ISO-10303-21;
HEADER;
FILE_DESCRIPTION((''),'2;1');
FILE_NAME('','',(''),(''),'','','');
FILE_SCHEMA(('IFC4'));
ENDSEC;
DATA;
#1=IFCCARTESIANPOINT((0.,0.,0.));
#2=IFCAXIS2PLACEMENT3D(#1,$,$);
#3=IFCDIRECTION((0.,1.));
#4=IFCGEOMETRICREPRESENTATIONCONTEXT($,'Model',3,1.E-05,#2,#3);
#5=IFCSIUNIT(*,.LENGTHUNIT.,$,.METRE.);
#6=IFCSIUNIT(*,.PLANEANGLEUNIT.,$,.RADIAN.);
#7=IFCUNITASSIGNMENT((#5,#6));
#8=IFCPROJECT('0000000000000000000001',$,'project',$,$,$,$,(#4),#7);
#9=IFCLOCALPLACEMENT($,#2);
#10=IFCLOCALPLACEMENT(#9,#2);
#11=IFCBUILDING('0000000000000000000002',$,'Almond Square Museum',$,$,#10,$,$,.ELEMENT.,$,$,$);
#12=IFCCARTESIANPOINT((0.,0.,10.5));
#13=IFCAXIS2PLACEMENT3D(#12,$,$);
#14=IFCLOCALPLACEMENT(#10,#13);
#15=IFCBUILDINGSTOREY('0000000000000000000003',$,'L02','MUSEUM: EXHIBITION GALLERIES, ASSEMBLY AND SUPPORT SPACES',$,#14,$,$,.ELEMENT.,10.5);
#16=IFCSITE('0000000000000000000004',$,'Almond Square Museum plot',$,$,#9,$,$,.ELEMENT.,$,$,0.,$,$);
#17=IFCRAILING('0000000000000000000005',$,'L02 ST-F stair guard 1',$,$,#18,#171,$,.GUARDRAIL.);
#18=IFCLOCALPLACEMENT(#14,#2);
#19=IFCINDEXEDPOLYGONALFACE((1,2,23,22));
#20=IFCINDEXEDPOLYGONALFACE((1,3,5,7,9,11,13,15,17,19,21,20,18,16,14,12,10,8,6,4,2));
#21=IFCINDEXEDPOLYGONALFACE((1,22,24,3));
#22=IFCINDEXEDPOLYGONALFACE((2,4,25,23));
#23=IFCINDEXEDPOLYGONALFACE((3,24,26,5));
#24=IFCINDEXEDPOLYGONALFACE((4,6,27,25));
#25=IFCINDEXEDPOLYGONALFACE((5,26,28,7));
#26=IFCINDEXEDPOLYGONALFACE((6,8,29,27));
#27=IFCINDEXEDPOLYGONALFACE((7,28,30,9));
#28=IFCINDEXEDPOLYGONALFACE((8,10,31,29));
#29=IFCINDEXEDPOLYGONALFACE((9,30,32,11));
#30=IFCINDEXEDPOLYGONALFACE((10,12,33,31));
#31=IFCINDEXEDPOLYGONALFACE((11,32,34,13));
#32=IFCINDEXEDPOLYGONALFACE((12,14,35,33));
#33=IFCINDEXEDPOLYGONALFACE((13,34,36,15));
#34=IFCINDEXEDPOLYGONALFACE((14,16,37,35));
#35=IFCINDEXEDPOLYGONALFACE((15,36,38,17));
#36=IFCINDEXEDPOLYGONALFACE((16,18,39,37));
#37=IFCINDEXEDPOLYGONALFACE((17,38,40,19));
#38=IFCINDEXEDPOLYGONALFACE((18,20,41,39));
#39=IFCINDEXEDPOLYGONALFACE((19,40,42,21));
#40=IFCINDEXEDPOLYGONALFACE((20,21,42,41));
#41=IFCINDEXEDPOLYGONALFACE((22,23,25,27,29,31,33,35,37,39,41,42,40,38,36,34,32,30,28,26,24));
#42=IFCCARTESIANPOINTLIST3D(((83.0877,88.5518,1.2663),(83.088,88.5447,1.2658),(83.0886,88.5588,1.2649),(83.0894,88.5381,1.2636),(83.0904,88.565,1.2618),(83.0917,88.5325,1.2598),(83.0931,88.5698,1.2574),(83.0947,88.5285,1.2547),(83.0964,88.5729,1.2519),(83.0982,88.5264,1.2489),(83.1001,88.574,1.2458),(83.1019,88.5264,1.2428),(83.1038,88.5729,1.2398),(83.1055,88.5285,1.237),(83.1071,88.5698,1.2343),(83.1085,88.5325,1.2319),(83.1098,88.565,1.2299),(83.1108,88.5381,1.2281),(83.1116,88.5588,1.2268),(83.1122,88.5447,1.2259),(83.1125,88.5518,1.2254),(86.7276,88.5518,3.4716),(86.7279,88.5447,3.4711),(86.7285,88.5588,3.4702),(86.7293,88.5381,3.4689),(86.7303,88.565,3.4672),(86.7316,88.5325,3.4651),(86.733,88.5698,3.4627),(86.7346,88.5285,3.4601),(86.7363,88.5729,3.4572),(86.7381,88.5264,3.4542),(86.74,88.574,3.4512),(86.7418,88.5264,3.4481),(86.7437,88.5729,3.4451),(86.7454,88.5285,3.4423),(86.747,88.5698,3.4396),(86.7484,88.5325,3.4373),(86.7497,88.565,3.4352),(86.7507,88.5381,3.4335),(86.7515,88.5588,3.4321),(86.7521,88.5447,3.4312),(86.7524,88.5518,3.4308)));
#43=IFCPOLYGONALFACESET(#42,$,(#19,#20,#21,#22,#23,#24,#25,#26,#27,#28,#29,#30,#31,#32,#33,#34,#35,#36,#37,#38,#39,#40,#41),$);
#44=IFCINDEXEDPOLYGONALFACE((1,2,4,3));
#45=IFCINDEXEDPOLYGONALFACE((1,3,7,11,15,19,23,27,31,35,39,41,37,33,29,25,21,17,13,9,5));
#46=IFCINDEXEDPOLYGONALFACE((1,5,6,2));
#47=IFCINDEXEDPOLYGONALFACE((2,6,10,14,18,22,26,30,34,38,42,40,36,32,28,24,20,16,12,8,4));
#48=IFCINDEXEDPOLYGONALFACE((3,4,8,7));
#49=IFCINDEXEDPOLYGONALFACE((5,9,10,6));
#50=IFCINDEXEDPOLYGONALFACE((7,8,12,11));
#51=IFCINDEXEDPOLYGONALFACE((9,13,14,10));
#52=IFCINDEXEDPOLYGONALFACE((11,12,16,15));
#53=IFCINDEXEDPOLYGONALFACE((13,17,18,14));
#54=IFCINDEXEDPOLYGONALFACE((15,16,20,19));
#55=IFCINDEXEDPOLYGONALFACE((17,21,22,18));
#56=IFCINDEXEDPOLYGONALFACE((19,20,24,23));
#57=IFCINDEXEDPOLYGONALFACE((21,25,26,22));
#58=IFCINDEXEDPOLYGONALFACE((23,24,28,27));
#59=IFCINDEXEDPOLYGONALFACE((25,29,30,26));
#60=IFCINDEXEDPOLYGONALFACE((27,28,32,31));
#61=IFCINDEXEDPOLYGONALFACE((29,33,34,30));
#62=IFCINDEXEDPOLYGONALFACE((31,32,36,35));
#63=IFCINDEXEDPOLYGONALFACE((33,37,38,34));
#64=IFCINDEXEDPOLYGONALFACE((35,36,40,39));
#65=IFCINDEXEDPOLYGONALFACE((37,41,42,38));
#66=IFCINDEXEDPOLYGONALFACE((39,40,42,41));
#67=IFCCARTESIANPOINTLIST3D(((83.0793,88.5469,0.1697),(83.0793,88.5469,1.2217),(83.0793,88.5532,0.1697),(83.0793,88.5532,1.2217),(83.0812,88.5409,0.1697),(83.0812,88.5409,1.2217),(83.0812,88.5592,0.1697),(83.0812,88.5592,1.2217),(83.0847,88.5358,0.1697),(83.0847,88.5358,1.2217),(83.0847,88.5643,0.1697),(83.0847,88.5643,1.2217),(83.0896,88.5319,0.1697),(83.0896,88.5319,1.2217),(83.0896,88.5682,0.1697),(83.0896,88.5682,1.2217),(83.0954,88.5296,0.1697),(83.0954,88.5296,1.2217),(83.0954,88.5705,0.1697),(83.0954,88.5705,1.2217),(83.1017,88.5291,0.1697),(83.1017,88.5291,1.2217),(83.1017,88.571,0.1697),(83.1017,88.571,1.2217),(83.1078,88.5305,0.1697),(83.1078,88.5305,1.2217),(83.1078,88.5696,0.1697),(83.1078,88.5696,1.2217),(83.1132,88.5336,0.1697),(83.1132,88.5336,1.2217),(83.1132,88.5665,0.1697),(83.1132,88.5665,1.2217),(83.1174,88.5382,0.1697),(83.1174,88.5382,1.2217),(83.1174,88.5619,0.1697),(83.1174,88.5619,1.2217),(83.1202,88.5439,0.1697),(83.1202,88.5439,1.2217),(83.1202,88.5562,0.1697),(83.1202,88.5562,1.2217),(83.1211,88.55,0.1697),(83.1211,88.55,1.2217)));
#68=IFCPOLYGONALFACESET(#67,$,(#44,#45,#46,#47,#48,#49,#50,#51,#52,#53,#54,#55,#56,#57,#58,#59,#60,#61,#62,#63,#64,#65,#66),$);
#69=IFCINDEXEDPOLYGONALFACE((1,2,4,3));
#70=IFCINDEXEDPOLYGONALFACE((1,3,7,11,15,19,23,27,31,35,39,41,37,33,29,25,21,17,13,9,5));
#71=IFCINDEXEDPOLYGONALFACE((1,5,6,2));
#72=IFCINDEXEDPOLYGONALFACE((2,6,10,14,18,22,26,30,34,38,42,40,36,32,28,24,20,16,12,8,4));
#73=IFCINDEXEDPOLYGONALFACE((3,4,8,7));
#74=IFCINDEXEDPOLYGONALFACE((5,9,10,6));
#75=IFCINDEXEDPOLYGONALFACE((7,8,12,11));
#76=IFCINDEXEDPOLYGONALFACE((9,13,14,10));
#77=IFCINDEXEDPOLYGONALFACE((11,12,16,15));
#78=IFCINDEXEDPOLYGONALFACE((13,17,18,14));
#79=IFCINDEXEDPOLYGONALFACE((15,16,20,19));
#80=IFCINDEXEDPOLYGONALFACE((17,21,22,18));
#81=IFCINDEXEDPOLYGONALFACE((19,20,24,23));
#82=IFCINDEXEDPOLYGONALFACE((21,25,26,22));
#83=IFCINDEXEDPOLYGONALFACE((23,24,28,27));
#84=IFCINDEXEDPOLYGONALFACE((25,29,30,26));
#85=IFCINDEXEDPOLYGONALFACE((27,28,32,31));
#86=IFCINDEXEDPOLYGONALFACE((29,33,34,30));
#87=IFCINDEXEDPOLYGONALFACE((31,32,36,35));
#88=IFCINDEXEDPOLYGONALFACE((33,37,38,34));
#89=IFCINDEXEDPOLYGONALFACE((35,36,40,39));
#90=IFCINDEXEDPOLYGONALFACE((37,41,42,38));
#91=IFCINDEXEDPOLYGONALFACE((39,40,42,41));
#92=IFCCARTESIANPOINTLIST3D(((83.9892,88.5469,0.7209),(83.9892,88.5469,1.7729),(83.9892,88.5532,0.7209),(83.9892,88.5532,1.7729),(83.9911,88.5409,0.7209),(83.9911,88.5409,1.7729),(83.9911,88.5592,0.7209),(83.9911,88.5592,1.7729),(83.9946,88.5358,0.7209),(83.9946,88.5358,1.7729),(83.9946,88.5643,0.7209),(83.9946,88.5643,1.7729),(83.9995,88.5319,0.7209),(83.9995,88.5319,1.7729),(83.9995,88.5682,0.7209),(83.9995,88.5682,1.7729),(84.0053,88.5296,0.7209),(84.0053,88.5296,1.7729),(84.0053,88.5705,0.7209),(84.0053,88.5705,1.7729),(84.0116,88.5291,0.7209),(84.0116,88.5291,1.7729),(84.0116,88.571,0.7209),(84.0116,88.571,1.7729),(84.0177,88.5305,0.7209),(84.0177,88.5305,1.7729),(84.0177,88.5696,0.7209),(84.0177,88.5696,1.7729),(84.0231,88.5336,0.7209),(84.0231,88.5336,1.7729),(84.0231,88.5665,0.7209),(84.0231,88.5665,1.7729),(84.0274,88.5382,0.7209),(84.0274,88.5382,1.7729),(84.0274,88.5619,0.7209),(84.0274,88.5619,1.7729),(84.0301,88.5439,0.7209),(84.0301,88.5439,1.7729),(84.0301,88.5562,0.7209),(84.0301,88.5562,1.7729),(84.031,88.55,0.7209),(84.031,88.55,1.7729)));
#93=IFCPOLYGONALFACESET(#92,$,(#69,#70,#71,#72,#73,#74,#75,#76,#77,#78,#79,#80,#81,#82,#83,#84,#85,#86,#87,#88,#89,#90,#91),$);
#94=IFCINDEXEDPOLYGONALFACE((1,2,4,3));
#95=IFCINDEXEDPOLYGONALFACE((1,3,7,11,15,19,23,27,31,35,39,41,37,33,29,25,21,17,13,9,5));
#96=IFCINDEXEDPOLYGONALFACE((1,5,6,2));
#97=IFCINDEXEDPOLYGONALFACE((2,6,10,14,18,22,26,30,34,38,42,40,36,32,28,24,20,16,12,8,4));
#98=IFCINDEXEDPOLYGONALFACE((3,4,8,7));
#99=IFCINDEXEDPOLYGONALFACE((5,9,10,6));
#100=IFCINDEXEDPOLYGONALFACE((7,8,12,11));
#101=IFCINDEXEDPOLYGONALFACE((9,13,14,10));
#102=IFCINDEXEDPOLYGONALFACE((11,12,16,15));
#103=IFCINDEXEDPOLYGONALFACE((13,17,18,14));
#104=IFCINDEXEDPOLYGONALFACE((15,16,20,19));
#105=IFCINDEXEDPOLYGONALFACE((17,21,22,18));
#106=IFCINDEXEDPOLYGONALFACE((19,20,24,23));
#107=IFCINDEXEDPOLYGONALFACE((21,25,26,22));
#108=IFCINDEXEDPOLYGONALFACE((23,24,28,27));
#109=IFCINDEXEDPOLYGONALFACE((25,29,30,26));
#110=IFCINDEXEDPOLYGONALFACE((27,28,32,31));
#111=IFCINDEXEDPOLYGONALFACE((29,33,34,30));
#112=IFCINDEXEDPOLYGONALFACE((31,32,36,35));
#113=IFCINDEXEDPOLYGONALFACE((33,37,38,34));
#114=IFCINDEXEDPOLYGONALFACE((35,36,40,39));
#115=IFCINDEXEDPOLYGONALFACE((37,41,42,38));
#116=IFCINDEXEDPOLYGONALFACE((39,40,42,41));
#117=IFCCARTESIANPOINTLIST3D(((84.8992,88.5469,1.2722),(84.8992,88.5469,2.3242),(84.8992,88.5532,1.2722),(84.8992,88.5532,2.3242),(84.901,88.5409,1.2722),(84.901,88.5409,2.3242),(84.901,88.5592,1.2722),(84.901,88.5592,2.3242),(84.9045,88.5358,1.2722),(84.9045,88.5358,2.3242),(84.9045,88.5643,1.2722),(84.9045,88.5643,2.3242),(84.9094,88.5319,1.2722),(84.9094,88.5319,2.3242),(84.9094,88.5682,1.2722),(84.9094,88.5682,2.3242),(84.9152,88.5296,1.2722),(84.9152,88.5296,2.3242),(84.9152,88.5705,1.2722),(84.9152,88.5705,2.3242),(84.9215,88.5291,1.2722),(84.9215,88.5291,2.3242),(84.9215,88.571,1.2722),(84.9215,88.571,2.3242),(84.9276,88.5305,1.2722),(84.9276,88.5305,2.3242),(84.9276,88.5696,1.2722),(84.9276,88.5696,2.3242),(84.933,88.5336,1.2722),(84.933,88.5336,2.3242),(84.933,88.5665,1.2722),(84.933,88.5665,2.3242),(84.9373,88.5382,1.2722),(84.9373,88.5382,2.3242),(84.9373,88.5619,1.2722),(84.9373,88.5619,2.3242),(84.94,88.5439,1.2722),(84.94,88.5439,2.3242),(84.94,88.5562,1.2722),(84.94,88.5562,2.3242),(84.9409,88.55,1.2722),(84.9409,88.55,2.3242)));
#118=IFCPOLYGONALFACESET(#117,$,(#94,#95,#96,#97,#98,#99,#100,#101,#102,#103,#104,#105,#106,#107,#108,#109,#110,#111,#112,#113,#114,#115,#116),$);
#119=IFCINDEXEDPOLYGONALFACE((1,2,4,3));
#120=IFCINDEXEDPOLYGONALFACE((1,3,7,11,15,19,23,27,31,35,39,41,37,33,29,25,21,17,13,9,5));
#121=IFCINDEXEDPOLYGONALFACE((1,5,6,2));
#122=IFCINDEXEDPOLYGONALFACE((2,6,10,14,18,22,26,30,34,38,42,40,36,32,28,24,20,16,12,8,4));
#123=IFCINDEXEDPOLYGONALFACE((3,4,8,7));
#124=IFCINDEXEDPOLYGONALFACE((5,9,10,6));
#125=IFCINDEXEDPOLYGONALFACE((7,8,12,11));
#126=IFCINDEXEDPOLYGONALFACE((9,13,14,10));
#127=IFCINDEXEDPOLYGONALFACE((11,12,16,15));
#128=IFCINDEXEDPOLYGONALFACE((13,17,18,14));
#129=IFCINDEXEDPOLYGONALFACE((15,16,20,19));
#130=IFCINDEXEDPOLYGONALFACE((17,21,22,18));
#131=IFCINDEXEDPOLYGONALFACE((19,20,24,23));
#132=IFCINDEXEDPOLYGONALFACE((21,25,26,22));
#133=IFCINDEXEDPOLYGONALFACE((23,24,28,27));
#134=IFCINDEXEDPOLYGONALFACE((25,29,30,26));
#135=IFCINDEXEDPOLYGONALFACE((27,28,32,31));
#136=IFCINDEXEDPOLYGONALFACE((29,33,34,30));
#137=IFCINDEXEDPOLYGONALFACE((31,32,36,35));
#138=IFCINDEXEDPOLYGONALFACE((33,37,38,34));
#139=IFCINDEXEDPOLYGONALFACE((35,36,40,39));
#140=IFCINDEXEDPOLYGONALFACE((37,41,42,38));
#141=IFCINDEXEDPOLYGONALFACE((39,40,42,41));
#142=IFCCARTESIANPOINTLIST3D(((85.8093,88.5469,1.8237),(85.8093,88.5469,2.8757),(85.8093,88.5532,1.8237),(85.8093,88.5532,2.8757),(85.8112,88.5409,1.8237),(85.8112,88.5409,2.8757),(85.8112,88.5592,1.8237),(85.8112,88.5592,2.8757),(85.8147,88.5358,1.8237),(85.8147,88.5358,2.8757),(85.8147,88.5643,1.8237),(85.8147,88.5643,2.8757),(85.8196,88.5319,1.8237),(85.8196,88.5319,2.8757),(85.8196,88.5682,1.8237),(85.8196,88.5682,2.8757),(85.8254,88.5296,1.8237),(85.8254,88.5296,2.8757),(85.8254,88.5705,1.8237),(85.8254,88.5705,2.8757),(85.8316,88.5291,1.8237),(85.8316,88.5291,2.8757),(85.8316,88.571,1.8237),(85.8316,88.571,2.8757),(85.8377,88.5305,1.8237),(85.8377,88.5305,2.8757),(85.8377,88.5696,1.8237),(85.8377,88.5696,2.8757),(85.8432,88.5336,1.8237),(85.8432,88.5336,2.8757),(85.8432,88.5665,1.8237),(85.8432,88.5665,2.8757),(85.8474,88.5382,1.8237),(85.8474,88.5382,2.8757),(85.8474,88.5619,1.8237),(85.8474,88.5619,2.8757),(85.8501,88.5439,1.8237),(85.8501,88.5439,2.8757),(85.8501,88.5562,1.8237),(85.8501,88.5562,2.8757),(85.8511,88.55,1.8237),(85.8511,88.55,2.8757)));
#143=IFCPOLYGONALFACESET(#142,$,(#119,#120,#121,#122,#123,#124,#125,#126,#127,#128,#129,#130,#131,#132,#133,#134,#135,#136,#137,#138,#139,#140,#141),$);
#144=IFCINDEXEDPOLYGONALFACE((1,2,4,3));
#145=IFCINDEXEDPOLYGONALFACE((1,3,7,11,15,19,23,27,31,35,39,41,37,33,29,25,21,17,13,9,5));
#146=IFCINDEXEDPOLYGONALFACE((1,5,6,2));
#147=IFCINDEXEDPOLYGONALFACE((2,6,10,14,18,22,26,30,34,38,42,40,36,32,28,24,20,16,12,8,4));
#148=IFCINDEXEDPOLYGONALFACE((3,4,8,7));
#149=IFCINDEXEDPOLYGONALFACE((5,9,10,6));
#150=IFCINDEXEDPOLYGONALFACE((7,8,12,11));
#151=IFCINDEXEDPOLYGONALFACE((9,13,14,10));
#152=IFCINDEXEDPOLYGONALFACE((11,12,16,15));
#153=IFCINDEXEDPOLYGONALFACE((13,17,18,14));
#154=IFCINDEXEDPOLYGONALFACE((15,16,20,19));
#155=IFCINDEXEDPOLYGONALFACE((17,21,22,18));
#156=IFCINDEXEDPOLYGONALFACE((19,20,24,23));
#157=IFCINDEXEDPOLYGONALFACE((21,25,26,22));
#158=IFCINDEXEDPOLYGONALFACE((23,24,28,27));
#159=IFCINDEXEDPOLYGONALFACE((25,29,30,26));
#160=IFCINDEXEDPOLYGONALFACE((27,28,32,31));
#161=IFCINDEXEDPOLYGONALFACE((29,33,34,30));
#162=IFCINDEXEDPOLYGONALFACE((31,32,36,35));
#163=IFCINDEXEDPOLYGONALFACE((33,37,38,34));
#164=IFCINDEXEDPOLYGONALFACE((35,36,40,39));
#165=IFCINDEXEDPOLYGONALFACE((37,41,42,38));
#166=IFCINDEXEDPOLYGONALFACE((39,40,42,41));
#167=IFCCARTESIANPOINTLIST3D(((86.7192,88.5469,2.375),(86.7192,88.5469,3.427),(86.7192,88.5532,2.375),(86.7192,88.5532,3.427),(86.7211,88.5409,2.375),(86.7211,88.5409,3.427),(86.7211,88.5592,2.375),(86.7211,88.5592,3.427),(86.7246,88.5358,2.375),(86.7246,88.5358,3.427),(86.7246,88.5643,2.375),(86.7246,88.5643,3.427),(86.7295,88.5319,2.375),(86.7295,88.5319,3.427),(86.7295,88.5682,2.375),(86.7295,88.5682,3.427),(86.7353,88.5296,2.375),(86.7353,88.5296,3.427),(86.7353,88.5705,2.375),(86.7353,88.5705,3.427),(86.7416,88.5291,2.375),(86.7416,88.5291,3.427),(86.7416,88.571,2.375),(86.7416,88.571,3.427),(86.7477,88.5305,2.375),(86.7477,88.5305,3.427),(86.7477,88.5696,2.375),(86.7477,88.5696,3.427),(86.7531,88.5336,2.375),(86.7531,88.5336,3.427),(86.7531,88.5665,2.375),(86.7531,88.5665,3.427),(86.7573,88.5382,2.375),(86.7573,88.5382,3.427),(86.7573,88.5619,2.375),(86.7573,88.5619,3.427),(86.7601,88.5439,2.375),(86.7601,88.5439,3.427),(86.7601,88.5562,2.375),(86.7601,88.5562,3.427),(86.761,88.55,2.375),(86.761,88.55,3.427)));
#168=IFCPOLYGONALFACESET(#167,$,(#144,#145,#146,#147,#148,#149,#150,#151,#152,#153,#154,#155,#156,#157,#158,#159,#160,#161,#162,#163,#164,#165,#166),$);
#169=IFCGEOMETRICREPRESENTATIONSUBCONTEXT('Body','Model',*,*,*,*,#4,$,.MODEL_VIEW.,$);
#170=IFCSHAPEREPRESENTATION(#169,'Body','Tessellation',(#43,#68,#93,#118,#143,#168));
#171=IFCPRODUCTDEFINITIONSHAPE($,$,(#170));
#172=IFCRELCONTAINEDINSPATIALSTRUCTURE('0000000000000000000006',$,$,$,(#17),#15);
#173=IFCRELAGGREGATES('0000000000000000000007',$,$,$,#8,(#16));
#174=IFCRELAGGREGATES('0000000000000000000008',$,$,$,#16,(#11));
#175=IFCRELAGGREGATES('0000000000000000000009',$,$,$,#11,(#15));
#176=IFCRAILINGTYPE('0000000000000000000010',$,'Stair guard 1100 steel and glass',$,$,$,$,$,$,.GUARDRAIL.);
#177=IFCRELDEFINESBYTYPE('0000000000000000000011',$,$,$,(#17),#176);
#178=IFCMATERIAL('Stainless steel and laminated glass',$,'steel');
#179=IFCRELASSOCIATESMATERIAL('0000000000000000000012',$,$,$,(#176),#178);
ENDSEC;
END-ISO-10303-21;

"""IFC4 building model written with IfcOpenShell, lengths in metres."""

from ifc_helpers import new_model, si_unit, direction, frame, origin, origin_2d, place, context, subcontext, project, spatial, circle, extrude, material, type_object, element, save


model = new_model("IFC4")

# Units and contexts
model_context = context("Model", 3, precision=1e-05, world=origin(), true_north=direction((0.0, 1.0)))
body_context = subcontext(model_context, "Body", "Model", "MODEL_VIEW")
ifc_project = project(units=[si_unit("LENGTHUNIT", "METRE"), si_unit("PLANEANGLEUNIT", "RADIAN")], contexts=[model_context])

# Site, building, storey
site_placement = place(None, origin())
site = spatial("IfcSite", under=ifc_project, at=site_placement, Name="Almond Square Museum plot", CompositionType="ELEMENT", RefElevation=0.0)
building_placement = place(site_placement, origin())
building = spatial("IfcBuilding", under=site, at=building_placement, Name="Almond Square Museum", CompositionType="ELEMENT")
storey_placement = place(building_placement, frame((0.0, 0.0, 10.5)))
storey = spatial("IfcBuildingStorey", under=building, at=storey_placement, Name="L02", Description="MUSEUM: EXHIBITION GALLERIES, ASSEMBLY AND SUPPORT SPACES", CompositionType="ELEMENT", Elevation=10.5)

# Railing
ifc_material_1 = material(Name="Stainless steel and laminated glass", Category="steel")
railing_type_1 = type_object("IfcRailingType", Name="Stair guard 1100 steel and glass", PredefinedType="GUARDRAIL", material=ifc_material_1)
railing_1_placement = place(storey_placement, frame((83.1001, 88.55, 0.1697)))
element("IfcRailing", 1, at=railing_1_placement, inside=storey, type_object=railing_type_1, Name="L02 ST-F stair guard 1", PredefinedType="GUARDRAIL", context=body_context, shape_type="SweptSolid", body=[
    extrude(circle(Radius=0.0239, at=origin_2d()), frame((0.0, 0.0, 1.0762), z_axis=(0.855268, 0.0, 0.518186), x_axis=(0.0, 1.0, 0.0)), (0.0, 0.0, 1.0), 4.2559),
    extrude(circle(Radius=0.021, at=origin_2d()), origin(), (0.0, 0.0, 1.0), 1.052),
    extrude(circle(Radius=0.021, at=origin_2d()), frame((0.9099, 0.0, 0.5513)), (0.0, 0.0, 1.0), 1.052),
    extrude(circle(Radius=0.021, at=origin_2d()), frame((1.8198, 0.0, 1.1025)), (0.0, 0.0, 1.0), 1.052),
    extrude(circle(Radius=0.021, at=origin_2d()), frame((2.73, 0.0, 1.6541)), (0.0, 0.0, 1.0), 1.052),
    extrude(circle(Radius=0.021, at=origin_2d()), frame((3.6399, 0.0, 2.2053)), (0.0, 0.0, 1.0), 1.052),
])

save(model, "model.ifc")
